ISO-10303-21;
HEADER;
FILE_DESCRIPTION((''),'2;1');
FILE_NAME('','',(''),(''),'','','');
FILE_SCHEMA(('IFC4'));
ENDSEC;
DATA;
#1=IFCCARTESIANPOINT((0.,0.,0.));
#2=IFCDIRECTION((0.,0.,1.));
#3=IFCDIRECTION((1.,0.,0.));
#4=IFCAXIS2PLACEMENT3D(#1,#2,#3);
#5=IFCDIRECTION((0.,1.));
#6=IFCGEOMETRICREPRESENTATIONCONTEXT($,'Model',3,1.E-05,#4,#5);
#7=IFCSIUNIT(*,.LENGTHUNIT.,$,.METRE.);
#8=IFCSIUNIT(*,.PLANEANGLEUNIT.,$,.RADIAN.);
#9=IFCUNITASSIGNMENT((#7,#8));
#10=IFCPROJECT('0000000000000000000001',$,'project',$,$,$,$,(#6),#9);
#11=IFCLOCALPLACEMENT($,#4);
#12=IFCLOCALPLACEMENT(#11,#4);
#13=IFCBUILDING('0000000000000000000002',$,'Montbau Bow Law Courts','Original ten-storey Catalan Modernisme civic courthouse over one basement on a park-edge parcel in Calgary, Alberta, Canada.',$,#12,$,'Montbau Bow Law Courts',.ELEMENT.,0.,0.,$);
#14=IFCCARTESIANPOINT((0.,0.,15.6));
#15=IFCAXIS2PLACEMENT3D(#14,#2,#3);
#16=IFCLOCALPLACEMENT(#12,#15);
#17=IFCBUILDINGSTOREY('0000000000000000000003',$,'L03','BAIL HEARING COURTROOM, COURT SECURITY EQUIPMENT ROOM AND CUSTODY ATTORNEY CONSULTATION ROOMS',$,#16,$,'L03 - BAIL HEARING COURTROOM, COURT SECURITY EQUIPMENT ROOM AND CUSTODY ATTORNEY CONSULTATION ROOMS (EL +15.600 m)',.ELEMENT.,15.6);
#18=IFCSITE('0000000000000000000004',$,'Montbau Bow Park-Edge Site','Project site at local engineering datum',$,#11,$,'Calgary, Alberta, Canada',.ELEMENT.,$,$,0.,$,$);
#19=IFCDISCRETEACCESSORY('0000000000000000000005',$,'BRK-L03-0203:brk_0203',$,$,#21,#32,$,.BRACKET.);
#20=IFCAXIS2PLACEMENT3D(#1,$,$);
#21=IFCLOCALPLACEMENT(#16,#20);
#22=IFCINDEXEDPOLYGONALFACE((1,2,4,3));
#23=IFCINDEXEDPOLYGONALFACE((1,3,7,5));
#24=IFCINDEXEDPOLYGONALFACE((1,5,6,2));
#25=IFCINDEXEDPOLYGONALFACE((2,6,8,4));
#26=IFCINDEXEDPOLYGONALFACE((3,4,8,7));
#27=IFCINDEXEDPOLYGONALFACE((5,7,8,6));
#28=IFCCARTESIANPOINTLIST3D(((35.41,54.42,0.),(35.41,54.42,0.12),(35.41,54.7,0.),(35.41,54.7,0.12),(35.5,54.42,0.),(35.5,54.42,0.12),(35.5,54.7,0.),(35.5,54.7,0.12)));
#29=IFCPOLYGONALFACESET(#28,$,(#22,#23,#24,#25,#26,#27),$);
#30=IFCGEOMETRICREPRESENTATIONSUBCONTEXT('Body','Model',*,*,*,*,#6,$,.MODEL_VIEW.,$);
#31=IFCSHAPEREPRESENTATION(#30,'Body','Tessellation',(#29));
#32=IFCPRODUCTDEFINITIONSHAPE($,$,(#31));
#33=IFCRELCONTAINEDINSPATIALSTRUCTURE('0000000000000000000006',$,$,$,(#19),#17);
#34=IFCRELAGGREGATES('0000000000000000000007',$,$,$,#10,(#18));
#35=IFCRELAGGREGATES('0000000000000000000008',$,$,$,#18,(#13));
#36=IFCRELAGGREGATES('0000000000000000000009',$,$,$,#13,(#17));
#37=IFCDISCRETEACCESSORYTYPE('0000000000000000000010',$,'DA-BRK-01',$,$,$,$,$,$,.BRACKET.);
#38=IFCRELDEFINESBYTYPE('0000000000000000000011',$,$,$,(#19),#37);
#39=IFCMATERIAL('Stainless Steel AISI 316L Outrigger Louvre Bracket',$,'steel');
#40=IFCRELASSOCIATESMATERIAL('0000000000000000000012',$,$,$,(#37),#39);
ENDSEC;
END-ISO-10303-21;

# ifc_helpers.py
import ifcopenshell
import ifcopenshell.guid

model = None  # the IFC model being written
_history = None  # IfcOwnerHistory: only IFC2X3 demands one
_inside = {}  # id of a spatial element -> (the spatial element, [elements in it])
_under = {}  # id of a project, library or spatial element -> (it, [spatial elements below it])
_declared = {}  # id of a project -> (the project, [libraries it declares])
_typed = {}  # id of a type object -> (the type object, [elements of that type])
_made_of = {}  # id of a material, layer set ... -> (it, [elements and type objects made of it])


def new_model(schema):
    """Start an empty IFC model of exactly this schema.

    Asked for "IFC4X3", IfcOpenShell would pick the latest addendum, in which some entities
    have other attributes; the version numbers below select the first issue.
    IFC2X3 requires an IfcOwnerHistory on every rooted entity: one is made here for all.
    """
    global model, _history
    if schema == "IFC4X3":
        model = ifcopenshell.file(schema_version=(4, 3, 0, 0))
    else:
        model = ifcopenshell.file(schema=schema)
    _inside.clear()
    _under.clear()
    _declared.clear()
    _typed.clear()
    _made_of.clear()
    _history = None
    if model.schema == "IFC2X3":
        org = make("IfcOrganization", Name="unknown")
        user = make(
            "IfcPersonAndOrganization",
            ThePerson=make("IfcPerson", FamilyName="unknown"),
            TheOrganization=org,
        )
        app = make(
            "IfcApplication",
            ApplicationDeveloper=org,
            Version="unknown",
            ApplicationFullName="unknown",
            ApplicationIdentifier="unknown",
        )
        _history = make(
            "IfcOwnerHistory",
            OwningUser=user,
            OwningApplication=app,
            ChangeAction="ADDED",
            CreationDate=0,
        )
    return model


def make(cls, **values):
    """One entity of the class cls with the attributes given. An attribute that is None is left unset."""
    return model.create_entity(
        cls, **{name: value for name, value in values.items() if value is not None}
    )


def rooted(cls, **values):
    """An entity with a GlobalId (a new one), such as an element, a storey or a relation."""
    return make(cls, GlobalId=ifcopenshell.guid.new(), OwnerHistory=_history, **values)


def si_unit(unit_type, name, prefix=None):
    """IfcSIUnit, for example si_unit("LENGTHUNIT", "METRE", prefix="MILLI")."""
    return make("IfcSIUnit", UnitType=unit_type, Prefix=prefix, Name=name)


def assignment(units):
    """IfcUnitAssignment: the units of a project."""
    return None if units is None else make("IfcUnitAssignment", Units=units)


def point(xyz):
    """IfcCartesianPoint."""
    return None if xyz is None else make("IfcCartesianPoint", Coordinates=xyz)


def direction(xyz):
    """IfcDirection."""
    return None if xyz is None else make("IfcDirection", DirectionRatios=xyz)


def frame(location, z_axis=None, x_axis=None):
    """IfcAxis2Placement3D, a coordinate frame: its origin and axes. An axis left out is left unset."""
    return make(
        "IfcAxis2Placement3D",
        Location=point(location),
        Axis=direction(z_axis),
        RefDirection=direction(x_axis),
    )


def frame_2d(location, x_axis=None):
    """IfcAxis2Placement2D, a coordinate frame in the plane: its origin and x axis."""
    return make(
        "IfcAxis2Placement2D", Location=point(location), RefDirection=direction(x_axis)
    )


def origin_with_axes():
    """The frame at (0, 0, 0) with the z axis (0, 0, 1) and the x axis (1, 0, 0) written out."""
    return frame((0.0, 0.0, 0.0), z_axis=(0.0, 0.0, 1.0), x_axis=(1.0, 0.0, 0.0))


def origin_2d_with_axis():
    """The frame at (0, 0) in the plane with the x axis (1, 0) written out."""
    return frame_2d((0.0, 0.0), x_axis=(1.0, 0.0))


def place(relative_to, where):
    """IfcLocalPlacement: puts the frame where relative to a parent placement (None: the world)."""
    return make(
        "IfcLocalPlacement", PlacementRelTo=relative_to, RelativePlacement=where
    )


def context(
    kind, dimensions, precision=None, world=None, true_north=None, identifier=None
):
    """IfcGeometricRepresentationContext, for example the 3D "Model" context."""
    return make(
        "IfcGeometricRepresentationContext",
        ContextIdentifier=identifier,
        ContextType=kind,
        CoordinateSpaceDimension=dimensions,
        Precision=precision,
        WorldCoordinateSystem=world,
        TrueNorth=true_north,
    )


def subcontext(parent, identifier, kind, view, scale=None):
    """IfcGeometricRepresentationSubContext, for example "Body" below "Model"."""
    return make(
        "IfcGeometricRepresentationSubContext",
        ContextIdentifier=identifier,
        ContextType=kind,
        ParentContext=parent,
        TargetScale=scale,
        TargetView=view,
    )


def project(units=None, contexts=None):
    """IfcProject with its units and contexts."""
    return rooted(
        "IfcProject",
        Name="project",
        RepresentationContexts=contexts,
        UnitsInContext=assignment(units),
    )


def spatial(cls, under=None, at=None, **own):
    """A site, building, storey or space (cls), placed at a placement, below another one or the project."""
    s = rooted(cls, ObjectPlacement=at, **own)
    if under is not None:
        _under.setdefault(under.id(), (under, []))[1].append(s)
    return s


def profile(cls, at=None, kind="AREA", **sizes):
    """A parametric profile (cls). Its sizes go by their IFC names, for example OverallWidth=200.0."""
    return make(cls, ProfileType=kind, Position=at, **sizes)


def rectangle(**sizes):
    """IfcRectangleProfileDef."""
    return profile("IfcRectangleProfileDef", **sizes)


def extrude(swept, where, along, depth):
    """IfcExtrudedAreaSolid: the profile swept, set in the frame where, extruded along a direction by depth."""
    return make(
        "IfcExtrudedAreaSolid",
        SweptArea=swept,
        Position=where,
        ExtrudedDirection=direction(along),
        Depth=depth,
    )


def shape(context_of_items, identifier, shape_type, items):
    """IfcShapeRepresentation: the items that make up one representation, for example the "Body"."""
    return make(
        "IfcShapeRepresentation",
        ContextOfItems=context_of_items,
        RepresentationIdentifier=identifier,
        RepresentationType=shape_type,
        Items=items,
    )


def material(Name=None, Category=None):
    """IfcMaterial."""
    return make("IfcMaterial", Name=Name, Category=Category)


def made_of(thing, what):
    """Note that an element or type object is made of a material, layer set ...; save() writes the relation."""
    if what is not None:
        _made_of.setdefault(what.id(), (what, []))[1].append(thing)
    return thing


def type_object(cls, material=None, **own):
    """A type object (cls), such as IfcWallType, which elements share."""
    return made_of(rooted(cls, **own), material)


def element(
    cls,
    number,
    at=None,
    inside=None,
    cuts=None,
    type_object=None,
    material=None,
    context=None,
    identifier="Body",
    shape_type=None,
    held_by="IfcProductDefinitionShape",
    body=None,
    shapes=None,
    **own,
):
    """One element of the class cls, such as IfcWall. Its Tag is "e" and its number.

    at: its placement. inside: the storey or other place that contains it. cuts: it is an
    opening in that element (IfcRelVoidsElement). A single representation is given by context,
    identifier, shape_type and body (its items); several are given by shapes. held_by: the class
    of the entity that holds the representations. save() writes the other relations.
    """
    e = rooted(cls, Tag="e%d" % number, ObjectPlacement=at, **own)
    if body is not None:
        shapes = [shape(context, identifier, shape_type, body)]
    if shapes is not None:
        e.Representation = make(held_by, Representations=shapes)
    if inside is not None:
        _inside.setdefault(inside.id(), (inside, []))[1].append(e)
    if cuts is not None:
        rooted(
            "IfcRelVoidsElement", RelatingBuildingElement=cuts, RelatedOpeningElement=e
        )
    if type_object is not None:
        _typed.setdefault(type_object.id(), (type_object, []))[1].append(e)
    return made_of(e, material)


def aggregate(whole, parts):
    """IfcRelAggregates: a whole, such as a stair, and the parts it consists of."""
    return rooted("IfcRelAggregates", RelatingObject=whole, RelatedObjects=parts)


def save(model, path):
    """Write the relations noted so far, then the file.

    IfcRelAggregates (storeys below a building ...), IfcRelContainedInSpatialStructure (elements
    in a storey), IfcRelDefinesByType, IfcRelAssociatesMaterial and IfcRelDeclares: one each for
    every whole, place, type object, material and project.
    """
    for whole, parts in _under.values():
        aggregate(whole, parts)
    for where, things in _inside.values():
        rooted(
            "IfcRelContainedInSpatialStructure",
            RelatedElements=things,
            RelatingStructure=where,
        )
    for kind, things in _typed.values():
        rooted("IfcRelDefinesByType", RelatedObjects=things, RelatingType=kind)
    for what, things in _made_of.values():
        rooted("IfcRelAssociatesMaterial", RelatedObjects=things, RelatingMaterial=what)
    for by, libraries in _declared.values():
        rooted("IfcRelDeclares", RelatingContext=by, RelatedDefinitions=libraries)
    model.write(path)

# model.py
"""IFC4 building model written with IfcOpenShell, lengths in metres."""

from ifc_helpers import new_model, si_unit, direction, frame, origin_with_axes, origin_2d_with_axis, place, context, subcontext, project, spatial, rectangle, extrude, material, type_object, element, save


model = new_model("IFC4")

# Units and contexts
model_context = context("Model", 3, precision=1e-05, world=origin_with_axes(), true_north=direction((0.0, 1.0)))
body_context = subcontext(model_context, "Body", "Model", "MODEL_VIEW")
ifc_project = project(units=[si_unit("LENGTHUNIT", "METRE"), si_unit("PLANEANGLEUNIT", "RADIAN")], contexts=[model_context])

# Site, building, storey
site_placement = place(None, origin_with_axes())
site = spatial("IfcSite", under=ifc_project, at=site_placement, Name="Montbau Bow Park-Edge Site", Description="Project site at local engineering datum", LongName="Calgary, Alberta, Canada", CompositionType="ELEMENT", RefElevation=0.0)
building_placement = place(site_placement, origin_with_axes())
building = spatial("IfcBuilding", under=site, at=building_placement, Name="Montbau Bow Law Courts", Description="Original ten-storey Catalan Modernisme civic courthouse over one basement on a park-edge parcel in Calgary, Alberta, Canada.", LongName="Montbau Bow Law Courts", CompositionType="ELEMENT", ElevationOfRefHeight=0.0, ElevationOfTerrain=0.0)
storey_placement = place(building_placement, frame((0.0, 0.0, 15.6), z_axis=(0.0, 0.0, 1.0), x_axis=(1.0, 0.0, 0.0)))
storey = spatial("IfcBuildingStorey", under=building, at=storey_placement, Name="L03", Description="BAIL HEARING COURTROOM, COURT SECURITY EQUIPMENT ROOM AND CUSTODY ATTORNEY CONSULTATION ROOMS", LongName="L03 - BAIL HEARING COURTROOM, COURT SECURITY EQUIPMENT ROOM AND CUSTODY ATTORNEY CONSULTATION ROOMS (EL +15.600 m)", CompositionType="ELEMENT", Elevation=15.6)

# Discrete accessory
ifc_material_1 = material(Name="Stainless Steel AISI 316L Outrigger Louvre Bracket", Category="steel")
discrete_accessory_type = type_object("IfcDiscreteAccessoryType", Name="DA-BRK-01", PredefinedType="BRACKET", material=ifc_material_1)
for number, where, z_axis, x_axis, name in (
    (1, (35.455, 54.56, 15.6), (0.0, 0.0, 1.0), (0.0, 1.0, 0.0), "BRK-L03-0203:brk_0203"),
):
    element("IfcDiscreteAccessory", number, at=place(None, frame(where, z_axis=z_axis, x_axis=x_axis)), inside=storey, type_object=discrete_accessory_type, Name=name, PredefinedType="BRACKET", context=body_context, shape_type="SweptSolid", body=[
        extrude(rectangle(XDim=0.28, YDim=0.09, at=origin_2d_with_axis()), origin_with_axes(), (0.0, 0.0, 1.0), 0.12),
    ])

save(model, "model.ifc")
